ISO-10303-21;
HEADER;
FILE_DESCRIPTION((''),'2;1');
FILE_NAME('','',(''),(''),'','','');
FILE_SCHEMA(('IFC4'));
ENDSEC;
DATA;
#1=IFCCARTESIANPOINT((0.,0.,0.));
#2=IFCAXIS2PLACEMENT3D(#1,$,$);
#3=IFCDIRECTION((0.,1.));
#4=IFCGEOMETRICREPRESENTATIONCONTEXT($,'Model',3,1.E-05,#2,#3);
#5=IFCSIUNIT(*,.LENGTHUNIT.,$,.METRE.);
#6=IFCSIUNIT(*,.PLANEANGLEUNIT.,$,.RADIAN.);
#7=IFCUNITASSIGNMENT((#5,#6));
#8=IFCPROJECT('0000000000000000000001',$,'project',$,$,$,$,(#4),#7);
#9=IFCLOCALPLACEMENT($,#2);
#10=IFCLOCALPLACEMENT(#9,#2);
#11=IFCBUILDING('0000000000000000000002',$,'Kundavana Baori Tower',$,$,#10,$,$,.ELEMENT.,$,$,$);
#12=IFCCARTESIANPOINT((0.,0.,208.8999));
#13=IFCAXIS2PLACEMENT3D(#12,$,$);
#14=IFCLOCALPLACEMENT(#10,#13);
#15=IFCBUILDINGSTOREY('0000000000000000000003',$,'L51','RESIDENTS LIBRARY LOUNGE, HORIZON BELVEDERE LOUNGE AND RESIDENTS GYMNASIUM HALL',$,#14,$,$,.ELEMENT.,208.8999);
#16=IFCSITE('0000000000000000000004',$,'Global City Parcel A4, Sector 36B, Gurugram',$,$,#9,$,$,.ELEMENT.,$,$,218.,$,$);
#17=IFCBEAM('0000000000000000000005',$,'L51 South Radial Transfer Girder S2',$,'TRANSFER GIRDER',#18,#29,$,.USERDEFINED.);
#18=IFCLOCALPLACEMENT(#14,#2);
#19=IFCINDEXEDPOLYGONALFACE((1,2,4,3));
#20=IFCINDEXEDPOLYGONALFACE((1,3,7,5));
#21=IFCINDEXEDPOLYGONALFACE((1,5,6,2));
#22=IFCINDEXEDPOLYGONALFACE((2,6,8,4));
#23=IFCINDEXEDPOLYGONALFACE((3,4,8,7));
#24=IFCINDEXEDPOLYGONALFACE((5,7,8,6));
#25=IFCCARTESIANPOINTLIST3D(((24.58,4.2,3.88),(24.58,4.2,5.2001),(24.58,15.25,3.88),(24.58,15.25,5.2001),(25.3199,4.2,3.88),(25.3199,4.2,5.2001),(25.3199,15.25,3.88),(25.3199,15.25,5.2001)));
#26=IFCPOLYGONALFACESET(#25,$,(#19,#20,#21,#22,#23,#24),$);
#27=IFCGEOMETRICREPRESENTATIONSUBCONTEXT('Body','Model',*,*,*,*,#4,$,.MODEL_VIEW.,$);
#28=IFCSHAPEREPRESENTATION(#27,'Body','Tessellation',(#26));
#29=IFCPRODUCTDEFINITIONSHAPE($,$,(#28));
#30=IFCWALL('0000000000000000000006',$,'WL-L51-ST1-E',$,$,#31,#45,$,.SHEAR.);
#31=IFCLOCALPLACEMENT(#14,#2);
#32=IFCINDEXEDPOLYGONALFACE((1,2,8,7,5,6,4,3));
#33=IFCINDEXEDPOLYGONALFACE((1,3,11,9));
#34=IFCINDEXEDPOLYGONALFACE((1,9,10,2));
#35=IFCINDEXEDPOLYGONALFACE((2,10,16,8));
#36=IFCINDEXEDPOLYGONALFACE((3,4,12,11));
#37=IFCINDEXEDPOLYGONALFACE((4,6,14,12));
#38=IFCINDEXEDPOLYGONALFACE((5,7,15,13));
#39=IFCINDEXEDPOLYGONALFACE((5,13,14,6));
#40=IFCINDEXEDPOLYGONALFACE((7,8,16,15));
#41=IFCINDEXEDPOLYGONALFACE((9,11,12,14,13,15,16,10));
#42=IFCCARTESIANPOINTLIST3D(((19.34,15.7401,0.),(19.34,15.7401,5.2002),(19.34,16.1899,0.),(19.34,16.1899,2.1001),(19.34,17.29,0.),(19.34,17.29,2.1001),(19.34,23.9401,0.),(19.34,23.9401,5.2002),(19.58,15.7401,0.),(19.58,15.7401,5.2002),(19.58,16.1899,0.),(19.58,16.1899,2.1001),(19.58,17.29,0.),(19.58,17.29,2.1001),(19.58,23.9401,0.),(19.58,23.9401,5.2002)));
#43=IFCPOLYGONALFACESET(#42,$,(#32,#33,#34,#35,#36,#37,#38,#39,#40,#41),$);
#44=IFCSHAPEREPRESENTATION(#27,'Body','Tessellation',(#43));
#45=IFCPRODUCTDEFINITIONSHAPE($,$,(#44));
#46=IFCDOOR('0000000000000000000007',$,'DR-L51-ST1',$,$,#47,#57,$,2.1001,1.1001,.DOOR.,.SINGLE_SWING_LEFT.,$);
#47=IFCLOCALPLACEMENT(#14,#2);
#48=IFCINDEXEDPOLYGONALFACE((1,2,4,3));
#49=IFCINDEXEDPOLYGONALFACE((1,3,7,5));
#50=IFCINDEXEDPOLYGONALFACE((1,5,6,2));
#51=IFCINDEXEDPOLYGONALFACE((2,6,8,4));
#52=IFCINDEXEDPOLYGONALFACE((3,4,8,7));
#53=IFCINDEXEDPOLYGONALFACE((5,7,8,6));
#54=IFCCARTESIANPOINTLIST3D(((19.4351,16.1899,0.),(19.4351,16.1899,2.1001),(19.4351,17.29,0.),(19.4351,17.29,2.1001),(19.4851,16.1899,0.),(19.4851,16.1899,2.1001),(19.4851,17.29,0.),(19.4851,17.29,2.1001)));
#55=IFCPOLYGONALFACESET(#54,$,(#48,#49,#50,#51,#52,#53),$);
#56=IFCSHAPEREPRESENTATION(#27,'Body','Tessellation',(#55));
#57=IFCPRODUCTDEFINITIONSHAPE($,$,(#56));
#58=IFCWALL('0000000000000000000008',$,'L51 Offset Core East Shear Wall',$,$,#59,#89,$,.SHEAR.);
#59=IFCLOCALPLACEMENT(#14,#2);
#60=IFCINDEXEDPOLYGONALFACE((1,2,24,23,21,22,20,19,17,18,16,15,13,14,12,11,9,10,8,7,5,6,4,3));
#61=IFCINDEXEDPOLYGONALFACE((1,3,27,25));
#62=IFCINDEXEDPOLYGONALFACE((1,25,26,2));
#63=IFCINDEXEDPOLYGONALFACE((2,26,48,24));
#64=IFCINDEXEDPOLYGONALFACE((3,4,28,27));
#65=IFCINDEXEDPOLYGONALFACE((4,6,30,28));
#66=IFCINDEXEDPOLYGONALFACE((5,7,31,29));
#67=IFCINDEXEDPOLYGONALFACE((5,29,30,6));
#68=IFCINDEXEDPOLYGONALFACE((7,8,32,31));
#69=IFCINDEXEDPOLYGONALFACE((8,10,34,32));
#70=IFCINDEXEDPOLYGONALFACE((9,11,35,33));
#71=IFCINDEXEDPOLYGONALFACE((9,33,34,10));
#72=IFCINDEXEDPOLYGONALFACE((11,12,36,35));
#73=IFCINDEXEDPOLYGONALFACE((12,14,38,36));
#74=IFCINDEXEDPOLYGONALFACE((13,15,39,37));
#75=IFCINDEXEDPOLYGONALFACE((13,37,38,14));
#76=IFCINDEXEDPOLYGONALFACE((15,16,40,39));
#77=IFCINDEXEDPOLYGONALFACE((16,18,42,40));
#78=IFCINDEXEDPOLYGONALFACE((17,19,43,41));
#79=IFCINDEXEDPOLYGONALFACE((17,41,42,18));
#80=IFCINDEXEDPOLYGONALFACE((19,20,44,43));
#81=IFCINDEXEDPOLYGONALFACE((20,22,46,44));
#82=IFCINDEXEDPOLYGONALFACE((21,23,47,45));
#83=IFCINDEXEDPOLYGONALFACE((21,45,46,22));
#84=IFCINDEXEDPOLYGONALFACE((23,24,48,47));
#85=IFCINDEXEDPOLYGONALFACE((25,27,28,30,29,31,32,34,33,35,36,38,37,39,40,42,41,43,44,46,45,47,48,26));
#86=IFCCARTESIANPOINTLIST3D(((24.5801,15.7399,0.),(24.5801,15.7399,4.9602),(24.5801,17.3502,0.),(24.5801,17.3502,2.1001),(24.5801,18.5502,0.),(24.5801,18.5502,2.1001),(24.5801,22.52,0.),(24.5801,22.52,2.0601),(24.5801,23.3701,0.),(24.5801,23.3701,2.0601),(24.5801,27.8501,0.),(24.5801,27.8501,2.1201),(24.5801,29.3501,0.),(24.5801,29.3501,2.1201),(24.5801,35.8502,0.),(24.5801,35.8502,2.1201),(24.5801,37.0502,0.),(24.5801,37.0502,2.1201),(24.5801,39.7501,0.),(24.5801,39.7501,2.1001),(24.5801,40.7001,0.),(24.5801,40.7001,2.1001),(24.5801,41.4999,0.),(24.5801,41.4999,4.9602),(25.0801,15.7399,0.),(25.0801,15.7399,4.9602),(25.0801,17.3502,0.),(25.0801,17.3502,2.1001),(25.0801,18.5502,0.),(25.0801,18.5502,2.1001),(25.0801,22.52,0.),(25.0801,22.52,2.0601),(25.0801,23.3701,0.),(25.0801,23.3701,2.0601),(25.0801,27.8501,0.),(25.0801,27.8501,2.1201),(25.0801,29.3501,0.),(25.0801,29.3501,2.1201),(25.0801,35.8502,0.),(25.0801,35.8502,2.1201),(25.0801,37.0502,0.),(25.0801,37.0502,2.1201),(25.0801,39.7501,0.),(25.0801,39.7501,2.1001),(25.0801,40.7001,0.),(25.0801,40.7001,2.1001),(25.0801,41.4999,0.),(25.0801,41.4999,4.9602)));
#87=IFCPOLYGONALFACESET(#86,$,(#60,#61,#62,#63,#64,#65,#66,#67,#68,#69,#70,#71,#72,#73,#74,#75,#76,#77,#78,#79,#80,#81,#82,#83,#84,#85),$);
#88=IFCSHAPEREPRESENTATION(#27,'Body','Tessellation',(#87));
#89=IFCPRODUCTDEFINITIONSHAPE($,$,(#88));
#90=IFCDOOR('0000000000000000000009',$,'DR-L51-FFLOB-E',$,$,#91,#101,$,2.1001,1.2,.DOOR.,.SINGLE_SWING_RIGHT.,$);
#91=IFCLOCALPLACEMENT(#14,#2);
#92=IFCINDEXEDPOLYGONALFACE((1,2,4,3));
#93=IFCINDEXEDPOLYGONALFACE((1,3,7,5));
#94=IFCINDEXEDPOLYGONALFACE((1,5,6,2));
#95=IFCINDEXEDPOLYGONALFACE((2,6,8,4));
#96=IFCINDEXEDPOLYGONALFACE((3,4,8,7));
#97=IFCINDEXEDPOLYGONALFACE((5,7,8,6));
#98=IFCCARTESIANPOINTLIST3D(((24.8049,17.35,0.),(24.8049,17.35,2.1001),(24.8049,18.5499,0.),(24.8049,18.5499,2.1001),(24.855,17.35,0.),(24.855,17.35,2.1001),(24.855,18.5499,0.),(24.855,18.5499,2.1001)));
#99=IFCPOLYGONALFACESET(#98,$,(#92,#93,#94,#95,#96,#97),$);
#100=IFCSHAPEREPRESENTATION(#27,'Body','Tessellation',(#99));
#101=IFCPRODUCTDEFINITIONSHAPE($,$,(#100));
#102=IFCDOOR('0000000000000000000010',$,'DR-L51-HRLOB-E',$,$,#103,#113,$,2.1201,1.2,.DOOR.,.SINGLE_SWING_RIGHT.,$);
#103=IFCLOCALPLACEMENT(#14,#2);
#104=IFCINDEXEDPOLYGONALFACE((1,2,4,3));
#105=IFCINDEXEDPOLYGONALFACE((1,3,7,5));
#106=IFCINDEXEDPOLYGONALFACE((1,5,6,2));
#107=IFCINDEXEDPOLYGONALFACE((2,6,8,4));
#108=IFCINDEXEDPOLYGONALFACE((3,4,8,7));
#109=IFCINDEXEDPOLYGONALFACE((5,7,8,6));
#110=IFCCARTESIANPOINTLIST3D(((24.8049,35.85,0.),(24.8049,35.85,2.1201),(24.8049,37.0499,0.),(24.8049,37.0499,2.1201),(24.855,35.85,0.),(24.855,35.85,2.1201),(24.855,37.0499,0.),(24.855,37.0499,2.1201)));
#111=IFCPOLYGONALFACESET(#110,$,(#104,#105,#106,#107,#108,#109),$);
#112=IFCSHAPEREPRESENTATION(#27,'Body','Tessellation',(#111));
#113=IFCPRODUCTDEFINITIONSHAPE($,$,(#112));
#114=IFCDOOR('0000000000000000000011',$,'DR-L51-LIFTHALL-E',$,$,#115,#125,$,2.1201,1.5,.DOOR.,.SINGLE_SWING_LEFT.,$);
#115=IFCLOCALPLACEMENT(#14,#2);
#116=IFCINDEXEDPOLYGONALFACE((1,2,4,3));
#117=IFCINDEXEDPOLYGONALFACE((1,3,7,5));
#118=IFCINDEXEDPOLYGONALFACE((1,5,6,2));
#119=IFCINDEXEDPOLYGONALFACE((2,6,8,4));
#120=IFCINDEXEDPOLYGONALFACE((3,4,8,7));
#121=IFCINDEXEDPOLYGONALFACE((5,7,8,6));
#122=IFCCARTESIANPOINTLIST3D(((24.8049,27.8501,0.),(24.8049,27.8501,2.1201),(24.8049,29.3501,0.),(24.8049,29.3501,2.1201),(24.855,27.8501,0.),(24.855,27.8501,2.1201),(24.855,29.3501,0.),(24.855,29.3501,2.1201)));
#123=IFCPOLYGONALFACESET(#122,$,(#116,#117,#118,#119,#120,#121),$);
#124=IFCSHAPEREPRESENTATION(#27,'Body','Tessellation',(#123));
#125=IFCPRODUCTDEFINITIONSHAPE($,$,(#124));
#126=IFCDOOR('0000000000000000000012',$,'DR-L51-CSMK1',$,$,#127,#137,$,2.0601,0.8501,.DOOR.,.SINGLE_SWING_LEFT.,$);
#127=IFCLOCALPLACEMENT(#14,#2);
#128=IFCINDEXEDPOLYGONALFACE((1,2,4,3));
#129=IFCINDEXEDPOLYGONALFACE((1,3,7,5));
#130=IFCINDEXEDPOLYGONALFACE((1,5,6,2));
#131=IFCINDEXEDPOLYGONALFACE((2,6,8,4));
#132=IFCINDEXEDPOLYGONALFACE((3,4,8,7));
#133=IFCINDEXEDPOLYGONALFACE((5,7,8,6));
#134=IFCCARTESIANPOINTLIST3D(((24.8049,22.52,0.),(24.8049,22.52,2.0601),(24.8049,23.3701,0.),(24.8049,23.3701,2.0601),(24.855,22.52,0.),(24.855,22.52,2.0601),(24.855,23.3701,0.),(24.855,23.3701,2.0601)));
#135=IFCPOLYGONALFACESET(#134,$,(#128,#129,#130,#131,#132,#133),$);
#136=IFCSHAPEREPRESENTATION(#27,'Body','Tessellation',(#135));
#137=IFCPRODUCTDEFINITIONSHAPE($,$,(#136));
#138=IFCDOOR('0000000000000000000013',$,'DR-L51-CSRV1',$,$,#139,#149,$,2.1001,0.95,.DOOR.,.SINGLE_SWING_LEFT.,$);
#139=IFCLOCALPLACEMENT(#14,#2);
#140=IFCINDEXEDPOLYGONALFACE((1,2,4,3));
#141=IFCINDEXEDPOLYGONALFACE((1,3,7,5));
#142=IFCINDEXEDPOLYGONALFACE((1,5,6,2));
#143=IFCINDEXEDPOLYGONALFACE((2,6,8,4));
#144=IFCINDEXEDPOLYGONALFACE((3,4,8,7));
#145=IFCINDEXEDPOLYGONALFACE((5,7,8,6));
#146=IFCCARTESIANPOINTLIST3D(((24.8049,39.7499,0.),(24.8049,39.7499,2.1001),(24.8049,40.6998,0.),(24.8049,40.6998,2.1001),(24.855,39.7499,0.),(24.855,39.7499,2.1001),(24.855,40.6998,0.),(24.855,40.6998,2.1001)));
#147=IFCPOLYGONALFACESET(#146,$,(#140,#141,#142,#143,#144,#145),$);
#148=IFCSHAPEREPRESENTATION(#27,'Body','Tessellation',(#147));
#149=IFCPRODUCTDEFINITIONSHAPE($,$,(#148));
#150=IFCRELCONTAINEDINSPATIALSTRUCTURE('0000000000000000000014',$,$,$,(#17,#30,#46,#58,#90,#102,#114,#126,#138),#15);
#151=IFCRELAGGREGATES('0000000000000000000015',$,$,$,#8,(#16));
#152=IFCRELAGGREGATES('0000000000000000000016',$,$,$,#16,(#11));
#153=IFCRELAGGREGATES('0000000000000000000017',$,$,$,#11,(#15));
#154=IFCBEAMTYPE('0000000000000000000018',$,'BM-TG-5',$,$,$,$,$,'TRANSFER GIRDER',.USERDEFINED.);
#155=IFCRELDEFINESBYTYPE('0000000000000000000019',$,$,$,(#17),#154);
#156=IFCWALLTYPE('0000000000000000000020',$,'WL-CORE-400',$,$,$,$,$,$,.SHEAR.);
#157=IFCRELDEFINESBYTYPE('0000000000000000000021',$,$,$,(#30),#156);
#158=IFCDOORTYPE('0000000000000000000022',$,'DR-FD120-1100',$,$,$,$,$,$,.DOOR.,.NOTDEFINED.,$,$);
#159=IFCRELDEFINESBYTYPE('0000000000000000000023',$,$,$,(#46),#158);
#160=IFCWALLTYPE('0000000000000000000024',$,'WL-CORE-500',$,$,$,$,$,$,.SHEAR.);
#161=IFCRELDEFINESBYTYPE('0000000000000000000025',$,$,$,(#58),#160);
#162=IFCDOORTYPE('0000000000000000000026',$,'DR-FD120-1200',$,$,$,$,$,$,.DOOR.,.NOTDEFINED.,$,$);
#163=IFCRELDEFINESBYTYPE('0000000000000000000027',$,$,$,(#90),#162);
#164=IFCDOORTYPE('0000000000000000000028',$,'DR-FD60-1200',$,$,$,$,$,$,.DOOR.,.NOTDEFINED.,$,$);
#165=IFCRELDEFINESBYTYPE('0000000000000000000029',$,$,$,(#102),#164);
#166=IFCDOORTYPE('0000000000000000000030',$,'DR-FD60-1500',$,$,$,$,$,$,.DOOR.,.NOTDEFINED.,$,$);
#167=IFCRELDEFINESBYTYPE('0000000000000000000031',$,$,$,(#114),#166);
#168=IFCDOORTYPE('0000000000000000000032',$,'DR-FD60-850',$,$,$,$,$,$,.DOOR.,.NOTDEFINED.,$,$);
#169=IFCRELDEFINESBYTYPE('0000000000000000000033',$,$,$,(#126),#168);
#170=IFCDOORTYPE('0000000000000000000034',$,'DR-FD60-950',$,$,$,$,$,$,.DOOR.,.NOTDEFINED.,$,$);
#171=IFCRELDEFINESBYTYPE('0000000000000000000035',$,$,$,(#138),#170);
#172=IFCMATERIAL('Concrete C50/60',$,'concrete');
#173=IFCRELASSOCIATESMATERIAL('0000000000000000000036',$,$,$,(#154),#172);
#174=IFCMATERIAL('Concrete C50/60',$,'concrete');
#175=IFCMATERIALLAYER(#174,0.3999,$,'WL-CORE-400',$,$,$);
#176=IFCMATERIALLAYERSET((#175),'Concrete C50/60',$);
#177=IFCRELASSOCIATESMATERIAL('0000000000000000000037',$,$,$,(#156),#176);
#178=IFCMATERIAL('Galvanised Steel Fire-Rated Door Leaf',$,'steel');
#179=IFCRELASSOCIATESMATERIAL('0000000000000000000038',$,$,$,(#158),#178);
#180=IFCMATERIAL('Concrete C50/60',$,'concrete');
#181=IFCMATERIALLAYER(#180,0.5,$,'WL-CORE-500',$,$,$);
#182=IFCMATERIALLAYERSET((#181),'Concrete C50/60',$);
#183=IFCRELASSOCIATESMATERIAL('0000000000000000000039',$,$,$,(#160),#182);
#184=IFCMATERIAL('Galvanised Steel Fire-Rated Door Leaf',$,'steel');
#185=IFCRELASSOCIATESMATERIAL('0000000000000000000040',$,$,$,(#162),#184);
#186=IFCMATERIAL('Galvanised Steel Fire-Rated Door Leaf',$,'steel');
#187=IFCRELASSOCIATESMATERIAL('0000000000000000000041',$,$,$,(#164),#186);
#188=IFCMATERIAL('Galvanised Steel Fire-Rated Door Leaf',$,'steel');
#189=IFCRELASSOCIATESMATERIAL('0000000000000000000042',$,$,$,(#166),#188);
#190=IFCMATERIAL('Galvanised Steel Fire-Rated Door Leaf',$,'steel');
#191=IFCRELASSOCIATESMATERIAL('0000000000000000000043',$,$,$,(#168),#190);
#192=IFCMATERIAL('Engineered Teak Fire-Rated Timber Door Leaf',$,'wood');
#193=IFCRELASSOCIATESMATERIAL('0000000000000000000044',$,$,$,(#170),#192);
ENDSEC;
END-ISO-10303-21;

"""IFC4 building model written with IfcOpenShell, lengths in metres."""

from ifc_helpers import new_model, si_unit, direction, frame, frame_2d, origin, origin_2d, place, context, subcontext, project, spatial, rectangle, extrude, material, layer, layer_set, material_profile, profile_set, type_object, element, fill, save


model = new_model("IFC4")

# Units and contexts
model_context = context("Model", 3, precision=1e-05, world=origin(), true_north=direction((0.0, 1.0)))
body_context = subcontext(model_context, "Body", "Model", "MODEL_VIEW")
ifc_project = project(units=[si_unit("LENGTHUNIT", "METRE"), si_unit("PLANEANGLEUNIT", "RADIAN")], contexts=[model_context])

# Site, building, storey
site_placement = place(None, origin())
site = spatial("IfcSite", under=ifc_project, at=site_placement, Name="Global City Parcel A4, Sector 36B, Gurugram", CompositionType="ELEMENT", RefElevation=218.0)
building_placement = place(site_placement, origin())
building = spatial("IfcBuilding", under=site, at=building_placement, Name="Kundavana Baori Tower", CompositionType="ELEMENT")
storey_placement = place(building_placement, frame((0.0, 0.0, 208.8999)))
storey = spatial("IfcBuildingStorey", under=building, at=storey_placement, Name="L51", Description="RESIDENTS LIBRARY LOUNGE, HORIZON BELVEDERE LOUNGE AND RESIDENTS GYMNASIUM HALL", CompositionType="ELEMENT", Elevation=208.8999)

# Beam
ifc_material_1 = material(Name="Concrete C50/60", Category="concrete")
ifc_material_profile_1 = material_profile(ifc_material_1, rectangle(XDim=0.74, YDim=1.3201, at=origin_2d()), Name="BM-TG-5")
ifc_profile_set_1 = profile_set([ifc_material_profile_1], Name="Concrete C50/60")
beam_type_1 = type_object("IfcBeamType", Name="BM-TG-5", ElementType="TRANSFER GIRDER", PredefinedType="USERDEFINED", material=ifc_profile_set_1)
beam_1_placement = place(storey_placement, frame((24.95, 15.25, 4.54), z_axis=(0.0, -1.0, 0.0), x_axis=(1.0, 0.0, 0.0)))
element("IfcBeam", 1, at=beam_1_placement, inside=storey, type_object=beam_type_1, Name="L51 South Radial Transfer Girder S2", ObjectType="TRANSFER GIRDER", PredefinedType="USERDEFINED", context=body_context, shape_type="SweptSolid", body=[
    extrude(rectangle(XDim=0.74, YDim=1.3201, at=origin_2d()), origin(), (0.0, 0.0, 1.0), 11.05),
])

# Wall, opening, door
ifc_material_2 = material(Name="Concrete C50/60", Category="concrete")
ifc_layer_1 = layer(ifc_material_2, 0.3999, Name="WL-CORE-400")
ifc_layer_set_1 = layer_set([ifc_layer_1], Name="Concrete C50/60")
wall_type_1 = type_object("IfcWallType", Name="WL-CORE-400", PredefinedType="SHEAR", material=ifc_layer_set_1)
wall_1_placement = place(storey_placement, frame((19.46, 15.74, 0.0), z_axis=(0.0, 0.0, 1.0), x_axis=(0.0, 1.0, 0.0)))
wall_1 = element("IfcWall", 2, at=wall_1_placement, inside=storey, type_object=wall_type_1, Name="WL-L51-ST1-E", PredefinedType="SHEAR", context=body_context, shape_type="SweptSolid", body=[
    extrude(rectangle(XDim=8.2, YDim=0.24, at=frame_2d((4.1001, 0.0))), origin(), (0.0, 0.0, 1.0), 5.2002),
])
opening_1_placement = place(wall_1_placement, frame((0.45, 0.0, 0.0)))
opening_1 = element("IfcOpeningElement", 3, at=opening_1_placement, cuts=wall_1, PredefinedType="OPENING", context=body_context, shape_type="SweptSolid", body=[
    extrude(rectangle(XDim=1.1001, YDim=2.1001, at=frame_2d((0.55, 1.05))), frame((0.0, 0.1299, 0.0), z_axis=(0.0, -1.0, 0.0), x_axis=(1.0, 0.0, 0.0)), (0.0, 0.0, 1.0), 0.26),
])
ifc_material_3 = material(Name="Galvanised Steel Fire-Rated Door Leaf", Category="steel")
door_type_1 = type_object("IfcDoorType", Name="DR-FD120-1100", OperationType="NOTDEFINED", PredefinedType="DOOR", material=ifc_material_3)
door_1_placement = place(opening_1_placement, origin())
door_1 = element("IfcDoor", 4, at=door_1_placement, inside=storey, type_object=door_type_1, Name="DR-L51-ST1", OperationType="SINGLE_SWING_LEFT", OverallHeight=2.1001, OverallWidth=1.1001, PredefinedType="DOOR", context=body_context, shape_type="SweptSolid", body=[
    extrude(rectangle(XDim=1.1001, YDim=2.1001, at=frame_2d((0.55, 1.05))), frame((0.0, 0.0249, 0.0), z_axis=(0.0, -1.0, 0.0), x_axis=(1.0, 0.0, 0.0)), (0.0, 0.0, 1.0), 0.05),
])
fill(opening_1, door_1)

# Wall, openings, doors
ifc_material_4 = material(Name="Concrete C50/60", Category="concrete")
ifc_layer_2 = layer(ifc_material_4, 0.5, Name="WL-CORE-500")
ifc_layer_set_2 = layer_set([ifc_layer_2], Name="Concrete C50/60")
wall_type_2 = type_object("IfcWallType", Name="WL-CORE-500", PredefinedType="SHEAR", material=ifc_layer_set_2)
wall_2_placement = place(storey_placement, frame((24.8301, 15.74, 0.0), z_axis=(0.0, 0.0, 1.0), x_axis=(0.0, 1.0, 0.0)))
wall_2 = element("IfcWall", 5, at=wall_2_placement, inside=storey, type_object=wall_type_2, Name="L51 Offset Core East Shear Wall", PredefinedType="SHEAR", context=body_context, shape_type="SweptSolid", body=[
    extrude(rectangle(XDim=25.76, YDim=0.5, at=frame_2d((12.8799, 0.0))), origin(), (0.0, 0.0, 1.0), 4.9602),
])
opening_2_placement = place(wall_2_placement, frame((1.6101, 0.0, 0.0)))
opening_2 = element("IfcOpeningElement", 6, at=opening_2_placement, cuts=wall_2, PredefinedType="OPENING", context=body_context, shape_type="SweptSolid", body=[
    extrude(rectangle(XDim=1.2, YDim=2.1001, at=frame_2d((0.6001, 1.05))), frame((0.0, 0.26, 0.0), z_axis=(0.0, -1.0, 0.0), x_axis=(1.0, 0.0, 0.0)), (0.0, 0.0, 1.0), 0.52),
])
opening_3_placement = place(wall_2_placement, frame((6.78, 0.0, 0.0)))
opening_3 = element("IfcOpeningElement", 7, at=opening_3_placement, cuts=wall_2, PredefinedType="OPENING", context=body_context, shape_type="SweptSolid", body=[
    extrude(rectangle(XDim=0.8501, YDim=2.0601, at=frame_2d((0.425, 1.03))), frame((0.0, 0.26, 0.0), z_axis=(0.0, -1.0, 0.0), x_axis=(1.0, 0.0, 0.0)), (0.0, 0.0, 1.0), 0.52),
])
opening_4_placement = place(wall_2_placement, frame((12.1101, 0.0, 0.0)))
opening_4 = element("IfcOpeningElement", 8, at=opening_4_placement, cuts=wall_2, PredefinedType="OPENING", context=body_context, shape_type="SweptSolid", body=[
    extrude(rectangle(XDim=1.5, YDim=2.1201, at=frame_2d((0.75, 1.0601))), frame((0.0, 0.26, 0.0), z_axis=(0.0, -1.0, 0.0), x_axis=(1.0, 0.0, 0.0)), (0.0, 0.0, 1.0), 0.52),
])
opening_5_placement = place(wall_2_placement, frame((20.1101, 0.0, 0.0)))
opening_5 = element("IfcOpeningElement", 9, at=opening_5_placement, cuts=wall_2, PredefinedType="OPENING", context=body_context, shape_type="SweptSolid", body=[
    extrude(rectangle(XDim=1.2, YDim=2.1201, at=frame_2d((0.6001, 1.0601))), frame((0.0, 0.26, 0.0), z_axis=(0.0, -1.0, 0.0), x_axis=(1.0, 0.0, 0.0)), (0.0, 0.0, 1.0), 0.52),
])
opening_6_placement = place(wall_2_placement, frame((24.01, 0.0, 0.0)))
opening_6 = element("IfcOpeningElement", 10, at=opening_6_placement, cuts=wall_2, PredefinedType="OPENING", context=body_context, shape_type="SweptSolid", body=[
    extrude(rectangle(XDim=0.95, YDim=2.1001, at=frame_2d((0.4751, 1.05))), frame((0.0, 0.26, 0.0), z_axis=(0.0, -1.0, 0.0), x_axis=(1.0, 0.0, 0.0)), (0.0, 0.0, 1.0), 0.52),
])
ifc_material_5 = material(Name="Galvanised Steel Fire-Rated Door Leaf", Category="steel")
door_type_2 = type_object("IfcDoorType", Name="DR-FD120-1200", OperationType="NOTDEFINED", PredefinedType="DOOR", material=ifc_material_5)
door_2_placement = place(opening_2_placement, frame((1.2, 0.0, 0.0), z_axis=(0.0, 0.0, 1.0), x_axis=(-1.0, 0.0, 0.0)))
door_2 = element("IfcDoor", 11, at=door_2_placement, inside=storey, type_object=door_type_2, Name="DR-L51-FFLOB-E", OperationType="SINGLE_SWING_RIGHT", OverallHeight=2.1001, OverallWidth=1.2, PredefinedType="DOOR", context=body_context, shape_type="SweptSolid", body=[
    extrude(rectangle(XDim=1.2, YDim=2.1001, at=frame_2d((0.6001, 1.05))), frame((0.0, 0.0249, 0.0), z_axis=(0.0, -1.0, 0.0), x_axis=(1.0, 0.0, 0.0)), (0.0, 0.0, 1.0), 0.05),
])
fill(opening_2, door_2)
ifc_material_6 = material(Name="Galvanised Steel Fire-Rated Door Leaf", Category="steel")
door_type_3 = type_object("IfcDoorType", Name="DR-FD60-1200", OperationType="NOTDEFINED", PredefinedType="DOOR", material=ifc_material_6)
door_3_placement = place(opening_5_placement, frame((1.2, 0.0, 0.0), z_axis=(0.0, 0.0, 1.0), x_axis=(-1.0, 0.0, 0.0)))
door_3 = element("IfcDoor", 12, at=door_3_placement, inside=storey, type_object=door_type_3, Name="DR-L51-HRLOB-E", OperationType="SINGLE_SWING_RIGHT", OverallHeight=2.1201, OverallWidth=1.2, PredefinedType="DOOR", context=body_context, shape_type="SweptSolid", body=[
    extrude(rectangle(XDim=1.2, YDim=2.1201, at=frame_2d((0.6001, 1.0601))), frame((0.0, 0.0249, 0.0), z_axis=(0.0, -1.0, 0.0), x_axis=(1.0, 0.0, 0.0)), (0.0, 0.0, 1.0), 0.05),
])
fill(opening_5, door_3)
ifc_material_7 = material(Name="Galvanised Steel Fire-Rated Door Leaf", Category="steel")
door_type_4 = type_object("IfcDoorType", Name="DR-FD60-1500", OperationType="NOTDEFINED", PredefinedType="DOOR", material=ifc_material_7)
door_4_placement = place(opening_4_placement, frame((1.5, 0.0, 0.0), z_axis=(0.0, 0.0, 1.0), x_axis=(-1.0, 0.0, 0.0)))
door_4 = element("IfcDoor", 13, at=door_4_placement, inside=storey, type_object=door_type_4, Name="DR-L51-LIFTHALL-E", OperationType="SINGLE_SWING_LEFT", OverallHeight=2.1201, OverallWidth=1.5, PredefinedType="DOOR", context=body_context, shape_type="SweptSolid", body=[
    extrude(rectangle(XDim=1.5, YDim=2.1201, at=frame_2d((0.75, 1.0601))), frame((0.0, 0.0249, 0.0), z_axis=(0.0, -1.0, 0.0), x_axis=(1.0, 0.0, 0.0)), (0.0, 0.0, 1.0), 0.05),
])
fill(opening_4, door_4)
ifc_material_8 = material(Name="Galvanised Steel Fire-Rated Door Leaf", Category="steel")
door_type_5 = type_object("IfcDoorType", Name="DR-FD60-850", OperationType="NOTDEFINED", PredefinedType="DOOR", material=ifc_material_8)
door_5_placement = place(opening_3_placement, frame((0.8501, 0.0, 0.0), z_axis=(0.0, 0.0, 1.0), x_axis=(-1.0, 0.0, 0.0)))
door_5 = element("IfcDoor", 14, at=door_5_placement, inside=storey, type_object=door_type_5, Name="DR-L51-CSMK1", OperationType="SINGLE_SWING_LEFT", OverallHeight=2.0601, OverallWidth=0.8501, PredefinedType="DOOR", context=body_context, shape_type="SweptSolid", body=[
    extrude(rectangle(XDim=0.8501, YDim=2.0601, at=frame_2d((0.425, 1.03))), frame((0.0, 0.0249, 0.0), z_axis=(0.0, -1.0, 0.0), x_axis=(1.0, 0.0, 0.0)), (0.0, 0.0, 1.0), 0.05),
])
fill(opening_3, door_5)
ifc_material_9 = material(Name="Engineered Teak Fire-Rated Timber Door Leaf", Category="wood")
door_type_6 = type_object("IfcDoorType", Name="DR-FD60-950", OperationType="NOTDEFINED", PredefinedType="DOOR", material=ifc_material_9)
door_6_placement = place(opening_6_placement, frame((0.95, 0.0, 0.0), z_axis=(0.0, 0.0, 1.0), x_axis=(-1.0, 0.0, 0.0)))
door_6 = element("IfcDoor", 15, at=door_6_placement, inside=storey, type_object=door_type_6, Name="DR-L51-CSRV1", OperationType="SINGLE_SWING_LEFT", OverallHeight=2.1001, OverallWidth=0.95, PredefinedType="DOOR", context=body_context, shape_type="SweptSolid", body=[
    extrude(rectangle(XDim=0.95, YDim=2.1001, at=frame_2d((0.4751, 1.05))), frame((0.0, 0.0249, 0.0), z_axis=(0.0, -1.0, 0.0), x_axis=(1.0, 0.0, 0.0)), (0.0, 0.0, 1.0), 0.05),
])
fill(opening_6, door_6)

save(model, "model.ifc")
